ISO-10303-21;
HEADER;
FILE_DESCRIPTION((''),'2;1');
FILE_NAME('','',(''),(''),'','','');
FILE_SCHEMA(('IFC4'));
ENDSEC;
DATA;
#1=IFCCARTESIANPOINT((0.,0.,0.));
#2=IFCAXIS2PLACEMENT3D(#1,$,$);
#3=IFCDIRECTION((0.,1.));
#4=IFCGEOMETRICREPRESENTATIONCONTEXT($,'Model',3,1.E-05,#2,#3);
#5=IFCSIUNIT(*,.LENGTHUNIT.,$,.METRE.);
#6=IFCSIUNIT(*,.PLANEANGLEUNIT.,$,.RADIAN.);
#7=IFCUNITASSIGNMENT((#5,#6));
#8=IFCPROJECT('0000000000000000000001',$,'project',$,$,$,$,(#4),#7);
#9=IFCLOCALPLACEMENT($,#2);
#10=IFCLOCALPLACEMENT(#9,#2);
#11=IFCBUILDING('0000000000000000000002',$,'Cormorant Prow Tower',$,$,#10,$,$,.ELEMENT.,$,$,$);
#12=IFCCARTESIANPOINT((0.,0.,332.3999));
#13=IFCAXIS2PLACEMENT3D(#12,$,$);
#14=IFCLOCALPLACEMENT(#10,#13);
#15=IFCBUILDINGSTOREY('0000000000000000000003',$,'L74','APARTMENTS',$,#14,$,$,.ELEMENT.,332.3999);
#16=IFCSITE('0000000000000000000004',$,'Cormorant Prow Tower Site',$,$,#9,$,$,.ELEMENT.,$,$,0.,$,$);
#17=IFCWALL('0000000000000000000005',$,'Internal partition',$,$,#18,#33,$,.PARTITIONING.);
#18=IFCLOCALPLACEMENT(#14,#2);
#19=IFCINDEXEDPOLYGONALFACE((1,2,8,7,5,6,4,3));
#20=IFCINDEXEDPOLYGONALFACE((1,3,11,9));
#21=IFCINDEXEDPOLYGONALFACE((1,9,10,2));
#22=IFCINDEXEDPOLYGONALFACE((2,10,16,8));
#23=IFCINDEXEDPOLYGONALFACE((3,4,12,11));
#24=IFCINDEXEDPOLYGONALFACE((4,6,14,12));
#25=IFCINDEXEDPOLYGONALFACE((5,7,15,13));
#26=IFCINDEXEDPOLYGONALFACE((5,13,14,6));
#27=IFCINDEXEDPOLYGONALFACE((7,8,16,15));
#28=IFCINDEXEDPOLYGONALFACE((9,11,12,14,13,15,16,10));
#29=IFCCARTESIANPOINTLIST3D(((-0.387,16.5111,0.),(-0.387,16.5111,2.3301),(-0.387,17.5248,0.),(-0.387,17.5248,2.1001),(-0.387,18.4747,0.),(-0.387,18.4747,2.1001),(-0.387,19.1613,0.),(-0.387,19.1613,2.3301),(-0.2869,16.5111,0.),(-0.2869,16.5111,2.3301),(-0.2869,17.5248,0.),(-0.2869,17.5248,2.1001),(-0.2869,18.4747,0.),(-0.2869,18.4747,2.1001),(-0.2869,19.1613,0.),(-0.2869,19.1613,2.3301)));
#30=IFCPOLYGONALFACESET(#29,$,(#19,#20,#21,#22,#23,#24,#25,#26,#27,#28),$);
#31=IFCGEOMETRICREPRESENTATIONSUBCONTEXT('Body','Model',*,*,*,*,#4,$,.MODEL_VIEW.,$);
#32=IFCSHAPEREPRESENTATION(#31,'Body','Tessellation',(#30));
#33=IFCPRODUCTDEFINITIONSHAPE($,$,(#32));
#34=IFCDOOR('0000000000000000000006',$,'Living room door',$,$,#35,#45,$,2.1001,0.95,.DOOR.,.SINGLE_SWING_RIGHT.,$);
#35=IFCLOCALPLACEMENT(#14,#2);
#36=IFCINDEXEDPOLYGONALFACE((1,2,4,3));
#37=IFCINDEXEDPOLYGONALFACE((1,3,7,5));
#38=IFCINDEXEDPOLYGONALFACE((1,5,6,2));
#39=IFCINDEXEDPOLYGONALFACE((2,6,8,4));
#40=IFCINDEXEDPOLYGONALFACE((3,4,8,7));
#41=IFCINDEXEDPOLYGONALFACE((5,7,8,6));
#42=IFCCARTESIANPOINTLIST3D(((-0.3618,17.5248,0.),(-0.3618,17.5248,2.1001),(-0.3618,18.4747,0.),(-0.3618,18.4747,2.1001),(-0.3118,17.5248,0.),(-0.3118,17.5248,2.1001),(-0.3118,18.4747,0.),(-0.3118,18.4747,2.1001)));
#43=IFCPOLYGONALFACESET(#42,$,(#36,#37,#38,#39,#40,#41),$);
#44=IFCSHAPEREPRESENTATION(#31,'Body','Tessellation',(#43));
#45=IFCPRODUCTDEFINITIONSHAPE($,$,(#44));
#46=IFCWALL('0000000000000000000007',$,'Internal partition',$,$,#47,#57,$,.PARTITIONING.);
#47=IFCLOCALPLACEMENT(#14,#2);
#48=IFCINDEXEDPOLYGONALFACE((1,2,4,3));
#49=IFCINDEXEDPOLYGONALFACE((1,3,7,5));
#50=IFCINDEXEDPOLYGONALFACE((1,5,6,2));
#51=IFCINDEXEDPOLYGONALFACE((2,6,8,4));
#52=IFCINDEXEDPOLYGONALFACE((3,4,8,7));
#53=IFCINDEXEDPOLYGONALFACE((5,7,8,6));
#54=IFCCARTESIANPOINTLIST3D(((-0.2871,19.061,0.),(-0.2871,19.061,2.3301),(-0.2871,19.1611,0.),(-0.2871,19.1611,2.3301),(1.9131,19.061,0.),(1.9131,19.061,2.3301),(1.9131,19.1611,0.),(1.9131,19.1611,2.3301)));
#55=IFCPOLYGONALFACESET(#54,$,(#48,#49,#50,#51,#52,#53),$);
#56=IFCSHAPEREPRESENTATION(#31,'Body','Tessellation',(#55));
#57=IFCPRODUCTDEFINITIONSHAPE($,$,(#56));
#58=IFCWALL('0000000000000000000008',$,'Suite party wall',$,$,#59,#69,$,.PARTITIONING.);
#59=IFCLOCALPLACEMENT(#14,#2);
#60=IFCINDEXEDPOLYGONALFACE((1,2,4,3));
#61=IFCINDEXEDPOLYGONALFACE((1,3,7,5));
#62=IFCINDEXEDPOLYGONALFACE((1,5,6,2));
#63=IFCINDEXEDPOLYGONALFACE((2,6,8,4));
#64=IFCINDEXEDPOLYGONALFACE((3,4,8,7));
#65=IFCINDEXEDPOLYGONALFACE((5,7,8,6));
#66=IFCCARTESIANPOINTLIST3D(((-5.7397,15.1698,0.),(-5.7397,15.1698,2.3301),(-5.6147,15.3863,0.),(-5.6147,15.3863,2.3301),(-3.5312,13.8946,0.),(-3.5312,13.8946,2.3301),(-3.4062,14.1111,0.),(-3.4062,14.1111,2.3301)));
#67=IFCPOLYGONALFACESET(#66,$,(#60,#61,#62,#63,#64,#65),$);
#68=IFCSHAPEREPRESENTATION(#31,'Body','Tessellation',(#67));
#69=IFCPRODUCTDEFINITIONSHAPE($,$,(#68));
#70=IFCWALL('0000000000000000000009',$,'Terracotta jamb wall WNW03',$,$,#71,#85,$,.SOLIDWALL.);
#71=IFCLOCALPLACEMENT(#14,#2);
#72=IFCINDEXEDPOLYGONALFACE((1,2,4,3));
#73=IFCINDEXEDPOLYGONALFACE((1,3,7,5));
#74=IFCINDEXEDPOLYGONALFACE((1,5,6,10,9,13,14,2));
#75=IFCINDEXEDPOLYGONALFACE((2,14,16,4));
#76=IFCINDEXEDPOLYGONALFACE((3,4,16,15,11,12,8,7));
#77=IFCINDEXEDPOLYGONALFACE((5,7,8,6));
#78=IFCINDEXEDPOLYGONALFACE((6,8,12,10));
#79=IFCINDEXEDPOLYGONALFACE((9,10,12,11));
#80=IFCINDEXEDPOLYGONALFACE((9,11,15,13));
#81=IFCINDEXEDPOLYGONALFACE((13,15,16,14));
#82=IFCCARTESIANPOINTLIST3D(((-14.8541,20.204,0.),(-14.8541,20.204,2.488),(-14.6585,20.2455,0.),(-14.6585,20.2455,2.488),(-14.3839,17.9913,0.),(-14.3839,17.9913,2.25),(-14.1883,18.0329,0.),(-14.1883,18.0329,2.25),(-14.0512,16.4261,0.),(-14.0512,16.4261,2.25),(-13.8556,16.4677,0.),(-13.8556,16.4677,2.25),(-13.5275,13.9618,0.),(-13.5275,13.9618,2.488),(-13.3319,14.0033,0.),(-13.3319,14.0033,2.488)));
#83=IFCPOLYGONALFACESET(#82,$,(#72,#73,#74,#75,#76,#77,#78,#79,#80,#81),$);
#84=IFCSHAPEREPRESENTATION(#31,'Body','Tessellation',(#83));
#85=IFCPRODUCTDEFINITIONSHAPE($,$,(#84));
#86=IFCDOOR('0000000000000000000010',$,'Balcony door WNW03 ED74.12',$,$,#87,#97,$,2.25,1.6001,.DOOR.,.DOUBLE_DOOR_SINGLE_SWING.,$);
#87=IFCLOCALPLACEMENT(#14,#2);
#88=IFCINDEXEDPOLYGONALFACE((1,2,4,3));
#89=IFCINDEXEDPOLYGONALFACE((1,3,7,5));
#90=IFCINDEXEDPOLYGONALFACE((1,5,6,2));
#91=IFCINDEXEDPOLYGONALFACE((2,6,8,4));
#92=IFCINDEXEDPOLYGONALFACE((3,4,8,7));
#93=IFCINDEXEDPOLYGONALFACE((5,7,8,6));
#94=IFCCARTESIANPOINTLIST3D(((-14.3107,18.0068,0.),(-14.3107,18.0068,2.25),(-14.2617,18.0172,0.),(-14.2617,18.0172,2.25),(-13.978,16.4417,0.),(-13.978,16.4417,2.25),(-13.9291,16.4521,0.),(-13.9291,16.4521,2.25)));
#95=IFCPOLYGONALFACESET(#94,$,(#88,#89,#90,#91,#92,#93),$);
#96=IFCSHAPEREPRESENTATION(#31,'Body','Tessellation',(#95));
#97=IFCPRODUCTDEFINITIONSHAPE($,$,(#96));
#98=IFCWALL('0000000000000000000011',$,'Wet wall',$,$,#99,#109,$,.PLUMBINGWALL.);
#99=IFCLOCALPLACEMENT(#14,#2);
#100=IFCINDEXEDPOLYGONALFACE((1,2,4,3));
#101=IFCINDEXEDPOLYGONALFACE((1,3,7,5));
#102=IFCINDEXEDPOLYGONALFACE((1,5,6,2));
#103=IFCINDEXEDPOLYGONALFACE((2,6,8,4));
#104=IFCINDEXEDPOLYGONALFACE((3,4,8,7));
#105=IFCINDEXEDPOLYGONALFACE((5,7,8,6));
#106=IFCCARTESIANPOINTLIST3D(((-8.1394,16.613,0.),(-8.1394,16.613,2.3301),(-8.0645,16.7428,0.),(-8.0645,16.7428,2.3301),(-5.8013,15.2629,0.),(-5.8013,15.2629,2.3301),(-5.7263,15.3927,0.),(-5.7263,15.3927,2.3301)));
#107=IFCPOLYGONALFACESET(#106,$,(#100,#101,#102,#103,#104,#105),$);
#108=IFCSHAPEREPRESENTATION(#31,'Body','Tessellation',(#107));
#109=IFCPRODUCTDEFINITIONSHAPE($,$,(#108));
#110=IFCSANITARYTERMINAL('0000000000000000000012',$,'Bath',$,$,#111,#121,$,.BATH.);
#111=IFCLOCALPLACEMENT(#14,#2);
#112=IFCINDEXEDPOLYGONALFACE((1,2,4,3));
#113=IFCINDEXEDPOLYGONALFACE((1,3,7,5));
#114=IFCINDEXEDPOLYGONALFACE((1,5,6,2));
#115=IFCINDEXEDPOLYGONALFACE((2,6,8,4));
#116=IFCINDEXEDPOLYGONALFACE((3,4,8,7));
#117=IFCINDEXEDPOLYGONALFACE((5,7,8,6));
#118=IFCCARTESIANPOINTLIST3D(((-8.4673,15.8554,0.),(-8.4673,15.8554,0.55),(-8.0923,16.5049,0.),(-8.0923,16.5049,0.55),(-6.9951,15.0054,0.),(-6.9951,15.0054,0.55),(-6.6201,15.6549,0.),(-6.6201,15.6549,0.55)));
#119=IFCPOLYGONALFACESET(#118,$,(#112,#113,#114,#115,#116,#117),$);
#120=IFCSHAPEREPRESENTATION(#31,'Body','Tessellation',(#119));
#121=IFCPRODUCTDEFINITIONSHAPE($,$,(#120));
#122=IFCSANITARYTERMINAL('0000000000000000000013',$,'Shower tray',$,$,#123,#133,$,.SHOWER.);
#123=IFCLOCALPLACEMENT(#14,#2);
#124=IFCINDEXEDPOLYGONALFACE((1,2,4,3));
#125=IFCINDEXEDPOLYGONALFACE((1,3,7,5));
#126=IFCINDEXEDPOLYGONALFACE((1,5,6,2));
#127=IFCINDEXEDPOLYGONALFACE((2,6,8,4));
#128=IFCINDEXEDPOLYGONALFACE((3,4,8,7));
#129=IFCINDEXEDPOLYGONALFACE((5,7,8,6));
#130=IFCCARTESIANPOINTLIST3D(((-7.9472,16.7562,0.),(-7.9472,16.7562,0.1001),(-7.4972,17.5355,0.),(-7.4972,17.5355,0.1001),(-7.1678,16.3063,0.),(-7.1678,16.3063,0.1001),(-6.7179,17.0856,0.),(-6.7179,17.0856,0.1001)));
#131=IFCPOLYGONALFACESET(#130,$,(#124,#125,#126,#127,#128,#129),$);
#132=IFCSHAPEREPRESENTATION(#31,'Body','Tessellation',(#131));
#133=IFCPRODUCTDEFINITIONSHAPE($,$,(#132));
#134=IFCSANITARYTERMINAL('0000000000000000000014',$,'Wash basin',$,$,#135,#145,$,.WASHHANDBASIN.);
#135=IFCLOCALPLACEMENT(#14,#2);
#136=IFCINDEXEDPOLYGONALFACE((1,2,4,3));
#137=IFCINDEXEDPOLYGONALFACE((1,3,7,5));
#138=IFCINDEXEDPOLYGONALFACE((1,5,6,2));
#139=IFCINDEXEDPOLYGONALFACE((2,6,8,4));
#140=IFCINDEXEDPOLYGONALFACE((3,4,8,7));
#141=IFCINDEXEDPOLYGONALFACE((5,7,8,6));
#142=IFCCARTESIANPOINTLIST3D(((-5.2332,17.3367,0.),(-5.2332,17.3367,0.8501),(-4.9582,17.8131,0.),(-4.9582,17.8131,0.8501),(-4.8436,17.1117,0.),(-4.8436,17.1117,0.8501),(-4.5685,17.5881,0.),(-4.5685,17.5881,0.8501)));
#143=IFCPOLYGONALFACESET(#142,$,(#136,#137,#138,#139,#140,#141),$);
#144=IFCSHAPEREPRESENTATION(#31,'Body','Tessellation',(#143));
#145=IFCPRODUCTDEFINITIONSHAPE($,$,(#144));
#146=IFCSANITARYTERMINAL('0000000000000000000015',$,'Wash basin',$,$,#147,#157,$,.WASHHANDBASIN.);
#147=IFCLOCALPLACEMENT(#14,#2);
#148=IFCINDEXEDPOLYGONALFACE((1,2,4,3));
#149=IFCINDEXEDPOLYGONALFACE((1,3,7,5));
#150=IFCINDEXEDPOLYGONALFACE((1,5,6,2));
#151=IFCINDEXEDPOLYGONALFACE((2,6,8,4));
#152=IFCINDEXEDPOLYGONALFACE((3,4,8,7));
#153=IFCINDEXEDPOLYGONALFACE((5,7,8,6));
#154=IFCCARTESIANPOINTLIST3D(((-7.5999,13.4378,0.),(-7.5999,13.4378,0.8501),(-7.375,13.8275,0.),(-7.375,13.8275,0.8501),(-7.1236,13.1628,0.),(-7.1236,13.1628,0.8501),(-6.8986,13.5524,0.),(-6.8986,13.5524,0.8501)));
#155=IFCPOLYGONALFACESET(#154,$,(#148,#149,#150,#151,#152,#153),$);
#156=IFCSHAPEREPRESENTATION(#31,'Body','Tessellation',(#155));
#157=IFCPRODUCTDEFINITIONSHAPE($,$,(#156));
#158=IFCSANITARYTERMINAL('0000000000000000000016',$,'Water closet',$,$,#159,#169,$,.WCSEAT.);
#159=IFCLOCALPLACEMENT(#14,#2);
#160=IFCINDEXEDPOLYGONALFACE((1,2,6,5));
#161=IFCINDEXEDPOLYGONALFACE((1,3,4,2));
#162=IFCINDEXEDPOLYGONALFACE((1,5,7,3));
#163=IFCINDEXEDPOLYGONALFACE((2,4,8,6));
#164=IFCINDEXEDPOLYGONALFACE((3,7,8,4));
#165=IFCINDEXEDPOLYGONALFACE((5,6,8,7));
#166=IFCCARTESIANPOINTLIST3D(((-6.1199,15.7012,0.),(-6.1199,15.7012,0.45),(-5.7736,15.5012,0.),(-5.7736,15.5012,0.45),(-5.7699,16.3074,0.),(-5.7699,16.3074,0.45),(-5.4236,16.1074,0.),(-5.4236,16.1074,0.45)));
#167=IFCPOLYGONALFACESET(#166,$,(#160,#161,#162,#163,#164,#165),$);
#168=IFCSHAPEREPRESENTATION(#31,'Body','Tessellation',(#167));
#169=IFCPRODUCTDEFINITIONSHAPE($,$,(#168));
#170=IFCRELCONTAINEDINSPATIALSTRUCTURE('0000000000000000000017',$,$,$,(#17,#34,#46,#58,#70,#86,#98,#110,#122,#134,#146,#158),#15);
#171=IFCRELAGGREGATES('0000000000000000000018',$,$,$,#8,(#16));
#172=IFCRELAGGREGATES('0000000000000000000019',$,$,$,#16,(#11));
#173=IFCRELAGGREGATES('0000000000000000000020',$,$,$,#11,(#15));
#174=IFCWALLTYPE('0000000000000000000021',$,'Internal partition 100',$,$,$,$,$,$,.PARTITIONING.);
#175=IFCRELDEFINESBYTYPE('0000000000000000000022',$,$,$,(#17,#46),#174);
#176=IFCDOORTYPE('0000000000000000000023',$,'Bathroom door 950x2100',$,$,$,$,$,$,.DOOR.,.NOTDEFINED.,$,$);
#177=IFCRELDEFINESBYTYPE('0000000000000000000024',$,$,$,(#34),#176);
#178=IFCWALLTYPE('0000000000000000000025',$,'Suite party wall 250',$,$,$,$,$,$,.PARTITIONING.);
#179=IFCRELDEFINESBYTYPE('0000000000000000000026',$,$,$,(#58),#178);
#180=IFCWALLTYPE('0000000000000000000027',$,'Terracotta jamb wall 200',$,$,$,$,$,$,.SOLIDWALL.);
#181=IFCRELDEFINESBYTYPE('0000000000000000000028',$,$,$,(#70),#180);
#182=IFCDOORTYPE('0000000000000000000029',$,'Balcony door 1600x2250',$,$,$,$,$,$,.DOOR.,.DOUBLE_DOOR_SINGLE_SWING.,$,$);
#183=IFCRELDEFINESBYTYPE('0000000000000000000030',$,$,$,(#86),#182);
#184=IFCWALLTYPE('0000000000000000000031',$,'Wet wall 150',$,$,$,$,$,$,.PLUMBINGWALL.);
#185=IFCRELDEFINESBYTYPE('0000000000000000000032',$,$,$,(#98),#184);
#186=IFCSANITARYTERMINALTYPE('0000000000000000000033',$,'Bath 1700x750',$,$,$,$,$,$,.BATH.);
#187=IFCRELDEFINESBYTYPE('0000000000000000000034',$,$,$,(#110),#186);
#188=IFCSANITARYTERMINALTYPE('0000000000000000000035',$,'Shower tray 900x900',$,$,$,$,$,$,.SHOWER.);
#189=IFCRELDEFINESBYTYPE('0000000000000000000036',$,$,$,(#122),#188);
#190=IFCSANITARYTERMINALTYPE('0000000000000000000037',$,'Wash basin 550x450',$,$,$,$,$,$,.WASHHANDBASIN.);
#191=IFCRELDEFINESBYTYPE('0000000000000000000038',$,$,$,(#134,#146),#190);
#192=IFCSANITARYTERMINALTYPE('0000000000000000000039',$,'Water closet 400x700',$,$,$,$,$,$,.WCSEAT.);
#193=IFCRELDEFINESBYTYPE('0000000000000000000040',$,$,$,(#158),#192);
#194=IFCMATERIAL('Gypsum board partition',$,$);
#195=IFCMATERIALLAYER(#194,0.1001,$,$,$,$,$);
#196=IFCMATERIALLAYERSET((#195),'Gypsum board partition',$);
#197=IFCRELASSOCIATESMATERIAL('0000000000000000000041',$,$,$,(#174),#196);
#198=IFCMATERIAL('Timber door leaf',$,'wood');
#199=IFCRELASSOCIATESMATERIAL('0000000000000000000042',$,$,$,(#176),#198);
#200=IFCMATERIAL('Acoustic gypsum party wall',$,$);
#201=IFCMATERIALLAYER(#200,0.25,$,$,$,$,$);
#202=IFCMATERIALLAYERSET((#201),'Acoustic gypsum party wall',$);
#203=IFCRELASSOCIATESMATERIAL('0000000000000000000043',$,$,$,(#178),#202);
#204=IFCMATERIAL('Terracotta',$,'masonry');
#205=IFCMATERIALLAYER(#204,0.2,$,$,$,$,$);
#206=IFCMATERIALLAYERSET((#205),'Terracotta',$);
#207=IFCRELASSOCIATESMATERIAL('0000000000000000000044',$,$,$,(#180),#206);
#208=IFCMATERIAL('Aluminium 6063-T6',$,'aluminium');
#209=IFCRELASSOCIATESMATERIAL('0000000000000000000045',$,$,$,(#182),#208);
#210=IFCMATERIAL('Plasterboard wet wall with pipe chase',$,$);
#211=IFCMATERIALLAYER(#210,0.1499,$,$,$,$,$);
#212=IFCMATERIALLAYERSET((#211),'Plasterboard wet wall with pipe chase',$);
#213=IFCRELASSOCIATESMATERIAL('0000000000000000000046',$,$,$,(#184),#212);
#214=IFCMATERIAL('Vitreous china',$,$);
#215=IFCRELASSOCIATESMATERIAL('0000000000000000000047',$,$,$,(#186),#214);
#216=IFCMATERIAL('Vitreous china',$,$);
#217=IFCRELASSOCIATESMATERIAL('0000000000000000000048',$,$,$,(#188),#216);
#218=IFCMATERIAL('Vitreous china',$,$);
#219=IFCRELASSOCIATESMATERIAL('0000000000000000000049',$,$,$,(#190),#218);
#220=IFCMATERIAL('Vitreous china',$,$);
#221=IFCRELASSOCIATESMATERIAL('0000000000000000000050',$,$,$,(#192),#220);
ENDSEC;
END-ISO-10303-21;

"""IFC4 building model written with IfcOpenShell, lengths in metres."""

from ifc_helpers import new_model, si_unit, direction, frame, frame_2d, origin, origin_2d, place, context, subcontext, project, spatial, rectangle, extrude, material, layer, layer_set, type_object, element, fill, save


model = new_model("IFC4")

# Units and contexts
model_context = context("Model", 3, precision=1e-05, world=origin(), true_north=direction((0.0, 1.0)))
body_context = subcontext(model_context, "Body", "Model", "MODEL_VIEW")
ifc_project = project(units=[si_unit("LENGTHUNIT", "METRE"), si_unit("PLANEANGLEUNIT", "RADIAN")], contexts=[model_context])

# Site, building, storey
site_placement = place(None, origin())
site = spatial("IfcSite", under=ifc_project, at=site_placement, Name="Cormorant Prow Tower Site", CompositionType="ELEMENT", RefElevation=0.0)
building_placement = place(site_placement, origin())
building = spatial("IfcBuilding", under=site, at=building_placement, Name="Cormorant Prow Tower", CompositionType="ELEMENT")
storey_placement = place(building_placement, frame((0.0, 0.0, 332.3999)))
storey = spatial("IfcBuildingStorey", under=building, at=storey_placement, Name="L74", Description="APARTMENTS", CompositionType="ELEMENT", Elevation=332.3999)

# Shared definitions
ifc_material_1 = material(Name="Gypsum board partition")
ifc_layer_1 = layer(ifc_material_1, 0.1001)
ifc_layer_set_1 = layer_set([ifc_layer_1], Name="Gypsum board partition")
wall_type_1 = type_object("IfcWallType", Name="Internal partition 100", PredefinedType="PARTITIONING", material=ifc_layer_set_1)
ifc_material_2 = material(Name="Timber door leaf", Category="wood")
door_type_1 = type_object("IfcDoorType", Name="Bathroom door 950x2100", OperationType="NOTDEFINED", PredefinedType="DOOR", material=ifc_material_2)

# Wall, opening, door
wall_1_placement = place(storey_placement, frame((-0.3369, 16.511, 0.0), z_axis=(0.0, 0.0, 1.0), x_axis=(0.0, 1.0, 0.0)))
wall_1 = element("IfcWall", 1, at=wall_1_placement, inside=storey, type_object=wall_type_1, Name="Internal partition", PredefinedType="PARTITIONING", context=body_context, shape_type="SweptSolid", body=[
    extrude(rectangle(XDim=2.6501, YDim=0.1001, at=frame_2d((1.3252, 0.0))), origin(), (0.0, 0.0, 1.0), 2.3301),
])
opening_1_placement = place(wall_1_placement, frame((1.0137, 0.0, 0.0)))
opening_1 = element("IfcOpeningElement", 2, at=opening_1_placement, cuts=wall_1, PredefinedType="OPENING", context=body_context, shape_type="SweptSolid", body=[
    extrude(rectangle(XDim=0.95, YDim=2.1001, at=frame_2d((0.4751, 1.05))), frame((0.0, 0.0601, 0.0), z_axis=(0.0, -1.0, 0.0), x_axis=(1.0, 0.0, 0.0)), (0.0, 0.0, 1.0), 0.1201),
])
door_1_placement = place(opening_1_placement, origin())
door_1 = element("IfcDoor", 3, at=door_1_placement, inside=storey, type_object=door_type_1, Name="Living room door", OperationType="SINGLE_SWING_RIGHT", OverallHeight=2.1001, OverallWidth=0.95, PredefinedType="DOOR", context=body_context, shape_type="SweptSolid", body=[
    extrude(rectangle(XDim=0.95, YDim=2.1001, at=frame_2d((0.4751, 1.05))), frame((0.0, 0.0249, 0.0), z_axis=(0.0, -1.0, 0.0), x_axis=(1.0, 0.0, 0.0)), (0.0, 0.0, 1.0), 0.05),
])
fill(opening_1, door_1)

# Walls
wall_2_placement = place(storey_placement, frame((-0.2871, 19.1111, 0.0), z_axis=(0.0, 0.0, 1.0), x_axis=(1.0, 0.0, 0.0)))
element("IfcWall", 4, at=wall_2_placement, inside=storey, type_object=wall_type_1, Name="Internal partition", PredefinedType="PARTITIONING", context=body_context, shape_type="SweptSolid", body=[
    extrude(rectangle(XDim=2.2002, YDim=0.1001, at=frame_2d((1.1001, 0.0))), origin(), (0.0, 0.0, 1.0), 2.3301),
])
ifc_material_3 = material(Name="Acoustic gypsum party wall")
ifc_layer_2 = layer(ifc_material_3, 0.25)
ifc_layer_set_2 = layer_set([ifc_layer_2], Name="Acoustic gypsum party wall")
wall_type_2 = type_object("IfcWallType", Name="Suite party wall 250", PredefinedType="PARTITIONING", material=ifc_layer_set_2)
wall_3_placement = place(storey_placement, frame((-5.6772, 15.2781, 0.0), z_axis=(0.0, 0.0, 1.0), x_axis=(0.866013, -0.500021, 0.0)))
element("IfcWall", 5, at=wall_3_placement, inside=storey, type_object=wall_type_2, Name="Suite party wall", PredefinedType="PARTITIONING", context=body_context, shape_type="SweptSolid", body=[
    extrude(rectangle(XDim=2.5503, YDim=0.25, at=frame_2d((1.2751, 0.0))), origin(), (0.0, 0.0, 1.0), 2.3301),
])

# Wall, opening, door
ifc_material_4 = material(Name="Terracotta", Category="masonry")
ifc_layer_3 = layer(ifc_material_4, 0.2)
ifc_layer_set_3 = layer_set([ifc_layer_3], Name="Terracotta")
wall_type_3 = type_object("IfcWallType", Name="Terracotta jamb wall 200", PredefinedType="SOLIDWALL", material=ifc_layer_set_3)
wall_4_placement = place(storey_placement, frame((-14.7563, 20.2249, 0.0), z_axis=(0.0, 0.0, 1.0), x_axis=(0.207888, -0.978153, 0.0)))
wall_4 = element("IfcWall", 6, at=wall_4_placement, inside=storey, type_object=wall_type_3, Name="Terracotta jamb wall WNW03", PredefinedType="SOLIDWALL", context=body_context, shape_type="SweptSolid", body=[
    extrude(rectangle(XDim=6.3816, YDim=0.2, at=frame_2d((3.1909, 0.0))), origin(), (0.0, 0.0, 1.0), 2.488),
])
opening_2_placement = place(wall_4_placement, frame((2.2622, 0.0, 0.0)))
opening_2 = element("IfcOpeningElement", 7, at=opening_2_placement, cuts=wall_4, PredefinedType="OPENING", context=body_context, shape_type="SweptSolid", body=[
    extrude(rectangle(XDim=1.6001, YDim=2.25, at=frame_2d((0.8, 1.125))), frame((0.0, 0.1099, 0.0), z_axis=(0.0, -1.0, 0.0), x_axis=(1.0, 0.0, 0.0)), (0.0, 0.0, 1.0), 0.22),
])
ifc_material_5 = material(Name="Aluminium 6063-T6", Category="aluminium")
door_type_2 = type_object("IfcDoorType", Name="Balcony door 1600x2250", OperationType="DOUBLE_DOOR_SINGLE_SWING", PredefinedType="DOOR", material=ifc_material_5)
door_2_placement = place(opening_2_placement, origin())
door_2 = element("IfcDoor", 8, at=door_2_placement, inside=storey, type_object=door_type_2, Name="Balcony door WNW03 ED74.12", OperationType="DOUBLE_DOOR_SINGLE_SWING", OverallHeight=2.25, OverallWidth=1.6001, PredefinedType="DOOR", context=body_context, shape_type="SweptSolid", body=[
    extrude(rectangle(XDim=1.6001, YDim=2.25, at=frame_2d((0.8, 1.125))), frame((0.0, 0.0249, 0.0), z_axis=(0.0, -1.0, 0.0), x_axis=(1.0, 0.0, 0.0)), (0.0, 0.0, 1.0), 0.05),
])
fill(opening_2, door_2)

# Wall
ifc_material_6 = material(Name="Plasterboard wet wall with pipe chase")
ifc_layer_4 = layer(ifc_material_6, 0.1499)
ifc_layer_set_4 = layer_set([ifc_layer_4], Name="Plasterboard wet wall with pipe chase")
wall_type_4 = type_object("IfcWallType", Name="Wet wall 150", PredefinedType="PLUMBINGWALL", material=ifc_layer_set_4)
wall_5_placement = place(storey_placement, frame((-8.1021, 16.678, 0.0), z_axis=(0.0, 0.0, 1.0), x_axis=(0.865997, -0.500049, 0.0)))
element("IfcWall", 9, at=wall_5_placement, inside=storey, type_object=wall_type_4, Name="Wet wall", PredefinedType="PLUMBINGWALL", context=body_context, shape_type="SweptSolid", body=[
    extrude(rectangle(XDim=2.7, YDim=0.1499, at=frame_2d((1.3501, 0.0))), origin(), (0.0, 0.0, 1.0), 2.3301),
])

# Sanitary terminals
ifc_material_7 = material(Name="Vitreous china")
sanitary_terminal_type_1 = type_object("IfcSanitaryTerminalType", Name="Bath 1700x750", PredefinedType="BATH", material=ifc_material_7)
sanitary_terminal_1_placement = place(storey_placement, frame((-7.5437, 15.7551, 0.0), z_axis=(0.0, 0.0, 1.0), x_axis=(0.866025, -0.5, 0.0)))
element("IfcSanitaryTerminal", 10, at=sanitary_terminal_1_placement, inside=storey, type_object=sanitary_terminal_type_1, Name="Bath", PredefinedType="BATH", context=body_context, shape_type="SweptSolid", body=[
    extrude(rectangle(XDim=1.7, YDim=0.75, at=origin_2d()), origin(), (0.0, 0.0, 1.0), 0.55),
])
ifc_material_8 = material(Name="Vitreous china")
sanitary_terminal_type_2 = type_object("IfcSanitaryTerminalType", Name="Shower tray 900x900", PredefinedType="SHOWER", material=ifc_material_8)
sanitary_terminal_2_placement = place(storey_placement, frame((-7.3325, 16.9209, 0.0), z_axis=(0.0, 0.0, 1.0), x_axis=(0.5, 0.866025, 0.0)))
element("IfcSanitaryTerminal", 11, at=sanitary_terminal_2_placement, inside=storey, type_object=sanitary_terminal_type_2, Name="Shower tray", PredefinedType="SHOWER", context=body_context, shape_type="SweptSolid", body=[
    extrude(rectangle(XDim=0.8999, YDim=0.8999, at=origin_2d()), origin(), (0.0, 0.0, 1.0), 0.1001),
])
ifc_material_9 = material(Name="Vitreous china")
sanitary_terminal_type_3 = type_object("IfcSanitaryTerminalType", Name="Wash basin 550x450", PredefinedType="WASHHANDBASIN", material=ifc_material_9)
for number, where, z_axis, x_axis, name in (
    (12, (-4.9009, 17.4624, 0.0), (0.0, 0.0, 1.0), (-0.5, -0.866025, 0.0), "Wash basin"),
    (13, (-7.2493, 13.4951, 0.0), (0.0, 0.0, 1.0), (-0.866025, 0.5, 0.0), "Wash basin"),
):
    element("IfcSanitaryTerminal", number, at=place(storey_placement, frame(where, z_axis=z_axis, x_axis=x_axis)), inside=storey, type_object=sanitary_terminal_type_3, Name=name, PredefinedType="WASHHANDBASIN", context=body_context, shape_type="SweptSolid", body=[
        extrude(rectangle(XDim=0.55, YDim=0.45, at=origin_2d()), origin(), (0.0, 0.0, 1.0), 0.8501),
    ])
ifc_material_10 = material(Name="Vitreous china")
sanitary_terminal_type_4 = type_object("IfcSanitaryTerminalType", Name="Water closet 400x700", PredefinedType="WCSEAT", material=ifc_material_10)
for number, where, z_axis, x_axis, name in (
    (14, (-5.7717, 15.9043, 0.0), (0.0, 0.0, 1.0), (-0.866025, 0.5, 0.0), "Water closet"),
):
    element("IfcSanitaryTerminal", number, at=place(storey_placement, frame(where, z_axis=z_axis, x_axis=x_axis)), inside=storey, type_object=sanitary_terminal_type_4, Name=name, PredefinedType="WCSEAT", context=body_context, shape_type="SweptSolid", body=[
        extrude(rectangle(XDim=0.3999, YDim=0.7, at=origin_2d()), origin(), (0.0, 0.0, 1.0), 0.45),
    ])

save(model, "model.ifc")
